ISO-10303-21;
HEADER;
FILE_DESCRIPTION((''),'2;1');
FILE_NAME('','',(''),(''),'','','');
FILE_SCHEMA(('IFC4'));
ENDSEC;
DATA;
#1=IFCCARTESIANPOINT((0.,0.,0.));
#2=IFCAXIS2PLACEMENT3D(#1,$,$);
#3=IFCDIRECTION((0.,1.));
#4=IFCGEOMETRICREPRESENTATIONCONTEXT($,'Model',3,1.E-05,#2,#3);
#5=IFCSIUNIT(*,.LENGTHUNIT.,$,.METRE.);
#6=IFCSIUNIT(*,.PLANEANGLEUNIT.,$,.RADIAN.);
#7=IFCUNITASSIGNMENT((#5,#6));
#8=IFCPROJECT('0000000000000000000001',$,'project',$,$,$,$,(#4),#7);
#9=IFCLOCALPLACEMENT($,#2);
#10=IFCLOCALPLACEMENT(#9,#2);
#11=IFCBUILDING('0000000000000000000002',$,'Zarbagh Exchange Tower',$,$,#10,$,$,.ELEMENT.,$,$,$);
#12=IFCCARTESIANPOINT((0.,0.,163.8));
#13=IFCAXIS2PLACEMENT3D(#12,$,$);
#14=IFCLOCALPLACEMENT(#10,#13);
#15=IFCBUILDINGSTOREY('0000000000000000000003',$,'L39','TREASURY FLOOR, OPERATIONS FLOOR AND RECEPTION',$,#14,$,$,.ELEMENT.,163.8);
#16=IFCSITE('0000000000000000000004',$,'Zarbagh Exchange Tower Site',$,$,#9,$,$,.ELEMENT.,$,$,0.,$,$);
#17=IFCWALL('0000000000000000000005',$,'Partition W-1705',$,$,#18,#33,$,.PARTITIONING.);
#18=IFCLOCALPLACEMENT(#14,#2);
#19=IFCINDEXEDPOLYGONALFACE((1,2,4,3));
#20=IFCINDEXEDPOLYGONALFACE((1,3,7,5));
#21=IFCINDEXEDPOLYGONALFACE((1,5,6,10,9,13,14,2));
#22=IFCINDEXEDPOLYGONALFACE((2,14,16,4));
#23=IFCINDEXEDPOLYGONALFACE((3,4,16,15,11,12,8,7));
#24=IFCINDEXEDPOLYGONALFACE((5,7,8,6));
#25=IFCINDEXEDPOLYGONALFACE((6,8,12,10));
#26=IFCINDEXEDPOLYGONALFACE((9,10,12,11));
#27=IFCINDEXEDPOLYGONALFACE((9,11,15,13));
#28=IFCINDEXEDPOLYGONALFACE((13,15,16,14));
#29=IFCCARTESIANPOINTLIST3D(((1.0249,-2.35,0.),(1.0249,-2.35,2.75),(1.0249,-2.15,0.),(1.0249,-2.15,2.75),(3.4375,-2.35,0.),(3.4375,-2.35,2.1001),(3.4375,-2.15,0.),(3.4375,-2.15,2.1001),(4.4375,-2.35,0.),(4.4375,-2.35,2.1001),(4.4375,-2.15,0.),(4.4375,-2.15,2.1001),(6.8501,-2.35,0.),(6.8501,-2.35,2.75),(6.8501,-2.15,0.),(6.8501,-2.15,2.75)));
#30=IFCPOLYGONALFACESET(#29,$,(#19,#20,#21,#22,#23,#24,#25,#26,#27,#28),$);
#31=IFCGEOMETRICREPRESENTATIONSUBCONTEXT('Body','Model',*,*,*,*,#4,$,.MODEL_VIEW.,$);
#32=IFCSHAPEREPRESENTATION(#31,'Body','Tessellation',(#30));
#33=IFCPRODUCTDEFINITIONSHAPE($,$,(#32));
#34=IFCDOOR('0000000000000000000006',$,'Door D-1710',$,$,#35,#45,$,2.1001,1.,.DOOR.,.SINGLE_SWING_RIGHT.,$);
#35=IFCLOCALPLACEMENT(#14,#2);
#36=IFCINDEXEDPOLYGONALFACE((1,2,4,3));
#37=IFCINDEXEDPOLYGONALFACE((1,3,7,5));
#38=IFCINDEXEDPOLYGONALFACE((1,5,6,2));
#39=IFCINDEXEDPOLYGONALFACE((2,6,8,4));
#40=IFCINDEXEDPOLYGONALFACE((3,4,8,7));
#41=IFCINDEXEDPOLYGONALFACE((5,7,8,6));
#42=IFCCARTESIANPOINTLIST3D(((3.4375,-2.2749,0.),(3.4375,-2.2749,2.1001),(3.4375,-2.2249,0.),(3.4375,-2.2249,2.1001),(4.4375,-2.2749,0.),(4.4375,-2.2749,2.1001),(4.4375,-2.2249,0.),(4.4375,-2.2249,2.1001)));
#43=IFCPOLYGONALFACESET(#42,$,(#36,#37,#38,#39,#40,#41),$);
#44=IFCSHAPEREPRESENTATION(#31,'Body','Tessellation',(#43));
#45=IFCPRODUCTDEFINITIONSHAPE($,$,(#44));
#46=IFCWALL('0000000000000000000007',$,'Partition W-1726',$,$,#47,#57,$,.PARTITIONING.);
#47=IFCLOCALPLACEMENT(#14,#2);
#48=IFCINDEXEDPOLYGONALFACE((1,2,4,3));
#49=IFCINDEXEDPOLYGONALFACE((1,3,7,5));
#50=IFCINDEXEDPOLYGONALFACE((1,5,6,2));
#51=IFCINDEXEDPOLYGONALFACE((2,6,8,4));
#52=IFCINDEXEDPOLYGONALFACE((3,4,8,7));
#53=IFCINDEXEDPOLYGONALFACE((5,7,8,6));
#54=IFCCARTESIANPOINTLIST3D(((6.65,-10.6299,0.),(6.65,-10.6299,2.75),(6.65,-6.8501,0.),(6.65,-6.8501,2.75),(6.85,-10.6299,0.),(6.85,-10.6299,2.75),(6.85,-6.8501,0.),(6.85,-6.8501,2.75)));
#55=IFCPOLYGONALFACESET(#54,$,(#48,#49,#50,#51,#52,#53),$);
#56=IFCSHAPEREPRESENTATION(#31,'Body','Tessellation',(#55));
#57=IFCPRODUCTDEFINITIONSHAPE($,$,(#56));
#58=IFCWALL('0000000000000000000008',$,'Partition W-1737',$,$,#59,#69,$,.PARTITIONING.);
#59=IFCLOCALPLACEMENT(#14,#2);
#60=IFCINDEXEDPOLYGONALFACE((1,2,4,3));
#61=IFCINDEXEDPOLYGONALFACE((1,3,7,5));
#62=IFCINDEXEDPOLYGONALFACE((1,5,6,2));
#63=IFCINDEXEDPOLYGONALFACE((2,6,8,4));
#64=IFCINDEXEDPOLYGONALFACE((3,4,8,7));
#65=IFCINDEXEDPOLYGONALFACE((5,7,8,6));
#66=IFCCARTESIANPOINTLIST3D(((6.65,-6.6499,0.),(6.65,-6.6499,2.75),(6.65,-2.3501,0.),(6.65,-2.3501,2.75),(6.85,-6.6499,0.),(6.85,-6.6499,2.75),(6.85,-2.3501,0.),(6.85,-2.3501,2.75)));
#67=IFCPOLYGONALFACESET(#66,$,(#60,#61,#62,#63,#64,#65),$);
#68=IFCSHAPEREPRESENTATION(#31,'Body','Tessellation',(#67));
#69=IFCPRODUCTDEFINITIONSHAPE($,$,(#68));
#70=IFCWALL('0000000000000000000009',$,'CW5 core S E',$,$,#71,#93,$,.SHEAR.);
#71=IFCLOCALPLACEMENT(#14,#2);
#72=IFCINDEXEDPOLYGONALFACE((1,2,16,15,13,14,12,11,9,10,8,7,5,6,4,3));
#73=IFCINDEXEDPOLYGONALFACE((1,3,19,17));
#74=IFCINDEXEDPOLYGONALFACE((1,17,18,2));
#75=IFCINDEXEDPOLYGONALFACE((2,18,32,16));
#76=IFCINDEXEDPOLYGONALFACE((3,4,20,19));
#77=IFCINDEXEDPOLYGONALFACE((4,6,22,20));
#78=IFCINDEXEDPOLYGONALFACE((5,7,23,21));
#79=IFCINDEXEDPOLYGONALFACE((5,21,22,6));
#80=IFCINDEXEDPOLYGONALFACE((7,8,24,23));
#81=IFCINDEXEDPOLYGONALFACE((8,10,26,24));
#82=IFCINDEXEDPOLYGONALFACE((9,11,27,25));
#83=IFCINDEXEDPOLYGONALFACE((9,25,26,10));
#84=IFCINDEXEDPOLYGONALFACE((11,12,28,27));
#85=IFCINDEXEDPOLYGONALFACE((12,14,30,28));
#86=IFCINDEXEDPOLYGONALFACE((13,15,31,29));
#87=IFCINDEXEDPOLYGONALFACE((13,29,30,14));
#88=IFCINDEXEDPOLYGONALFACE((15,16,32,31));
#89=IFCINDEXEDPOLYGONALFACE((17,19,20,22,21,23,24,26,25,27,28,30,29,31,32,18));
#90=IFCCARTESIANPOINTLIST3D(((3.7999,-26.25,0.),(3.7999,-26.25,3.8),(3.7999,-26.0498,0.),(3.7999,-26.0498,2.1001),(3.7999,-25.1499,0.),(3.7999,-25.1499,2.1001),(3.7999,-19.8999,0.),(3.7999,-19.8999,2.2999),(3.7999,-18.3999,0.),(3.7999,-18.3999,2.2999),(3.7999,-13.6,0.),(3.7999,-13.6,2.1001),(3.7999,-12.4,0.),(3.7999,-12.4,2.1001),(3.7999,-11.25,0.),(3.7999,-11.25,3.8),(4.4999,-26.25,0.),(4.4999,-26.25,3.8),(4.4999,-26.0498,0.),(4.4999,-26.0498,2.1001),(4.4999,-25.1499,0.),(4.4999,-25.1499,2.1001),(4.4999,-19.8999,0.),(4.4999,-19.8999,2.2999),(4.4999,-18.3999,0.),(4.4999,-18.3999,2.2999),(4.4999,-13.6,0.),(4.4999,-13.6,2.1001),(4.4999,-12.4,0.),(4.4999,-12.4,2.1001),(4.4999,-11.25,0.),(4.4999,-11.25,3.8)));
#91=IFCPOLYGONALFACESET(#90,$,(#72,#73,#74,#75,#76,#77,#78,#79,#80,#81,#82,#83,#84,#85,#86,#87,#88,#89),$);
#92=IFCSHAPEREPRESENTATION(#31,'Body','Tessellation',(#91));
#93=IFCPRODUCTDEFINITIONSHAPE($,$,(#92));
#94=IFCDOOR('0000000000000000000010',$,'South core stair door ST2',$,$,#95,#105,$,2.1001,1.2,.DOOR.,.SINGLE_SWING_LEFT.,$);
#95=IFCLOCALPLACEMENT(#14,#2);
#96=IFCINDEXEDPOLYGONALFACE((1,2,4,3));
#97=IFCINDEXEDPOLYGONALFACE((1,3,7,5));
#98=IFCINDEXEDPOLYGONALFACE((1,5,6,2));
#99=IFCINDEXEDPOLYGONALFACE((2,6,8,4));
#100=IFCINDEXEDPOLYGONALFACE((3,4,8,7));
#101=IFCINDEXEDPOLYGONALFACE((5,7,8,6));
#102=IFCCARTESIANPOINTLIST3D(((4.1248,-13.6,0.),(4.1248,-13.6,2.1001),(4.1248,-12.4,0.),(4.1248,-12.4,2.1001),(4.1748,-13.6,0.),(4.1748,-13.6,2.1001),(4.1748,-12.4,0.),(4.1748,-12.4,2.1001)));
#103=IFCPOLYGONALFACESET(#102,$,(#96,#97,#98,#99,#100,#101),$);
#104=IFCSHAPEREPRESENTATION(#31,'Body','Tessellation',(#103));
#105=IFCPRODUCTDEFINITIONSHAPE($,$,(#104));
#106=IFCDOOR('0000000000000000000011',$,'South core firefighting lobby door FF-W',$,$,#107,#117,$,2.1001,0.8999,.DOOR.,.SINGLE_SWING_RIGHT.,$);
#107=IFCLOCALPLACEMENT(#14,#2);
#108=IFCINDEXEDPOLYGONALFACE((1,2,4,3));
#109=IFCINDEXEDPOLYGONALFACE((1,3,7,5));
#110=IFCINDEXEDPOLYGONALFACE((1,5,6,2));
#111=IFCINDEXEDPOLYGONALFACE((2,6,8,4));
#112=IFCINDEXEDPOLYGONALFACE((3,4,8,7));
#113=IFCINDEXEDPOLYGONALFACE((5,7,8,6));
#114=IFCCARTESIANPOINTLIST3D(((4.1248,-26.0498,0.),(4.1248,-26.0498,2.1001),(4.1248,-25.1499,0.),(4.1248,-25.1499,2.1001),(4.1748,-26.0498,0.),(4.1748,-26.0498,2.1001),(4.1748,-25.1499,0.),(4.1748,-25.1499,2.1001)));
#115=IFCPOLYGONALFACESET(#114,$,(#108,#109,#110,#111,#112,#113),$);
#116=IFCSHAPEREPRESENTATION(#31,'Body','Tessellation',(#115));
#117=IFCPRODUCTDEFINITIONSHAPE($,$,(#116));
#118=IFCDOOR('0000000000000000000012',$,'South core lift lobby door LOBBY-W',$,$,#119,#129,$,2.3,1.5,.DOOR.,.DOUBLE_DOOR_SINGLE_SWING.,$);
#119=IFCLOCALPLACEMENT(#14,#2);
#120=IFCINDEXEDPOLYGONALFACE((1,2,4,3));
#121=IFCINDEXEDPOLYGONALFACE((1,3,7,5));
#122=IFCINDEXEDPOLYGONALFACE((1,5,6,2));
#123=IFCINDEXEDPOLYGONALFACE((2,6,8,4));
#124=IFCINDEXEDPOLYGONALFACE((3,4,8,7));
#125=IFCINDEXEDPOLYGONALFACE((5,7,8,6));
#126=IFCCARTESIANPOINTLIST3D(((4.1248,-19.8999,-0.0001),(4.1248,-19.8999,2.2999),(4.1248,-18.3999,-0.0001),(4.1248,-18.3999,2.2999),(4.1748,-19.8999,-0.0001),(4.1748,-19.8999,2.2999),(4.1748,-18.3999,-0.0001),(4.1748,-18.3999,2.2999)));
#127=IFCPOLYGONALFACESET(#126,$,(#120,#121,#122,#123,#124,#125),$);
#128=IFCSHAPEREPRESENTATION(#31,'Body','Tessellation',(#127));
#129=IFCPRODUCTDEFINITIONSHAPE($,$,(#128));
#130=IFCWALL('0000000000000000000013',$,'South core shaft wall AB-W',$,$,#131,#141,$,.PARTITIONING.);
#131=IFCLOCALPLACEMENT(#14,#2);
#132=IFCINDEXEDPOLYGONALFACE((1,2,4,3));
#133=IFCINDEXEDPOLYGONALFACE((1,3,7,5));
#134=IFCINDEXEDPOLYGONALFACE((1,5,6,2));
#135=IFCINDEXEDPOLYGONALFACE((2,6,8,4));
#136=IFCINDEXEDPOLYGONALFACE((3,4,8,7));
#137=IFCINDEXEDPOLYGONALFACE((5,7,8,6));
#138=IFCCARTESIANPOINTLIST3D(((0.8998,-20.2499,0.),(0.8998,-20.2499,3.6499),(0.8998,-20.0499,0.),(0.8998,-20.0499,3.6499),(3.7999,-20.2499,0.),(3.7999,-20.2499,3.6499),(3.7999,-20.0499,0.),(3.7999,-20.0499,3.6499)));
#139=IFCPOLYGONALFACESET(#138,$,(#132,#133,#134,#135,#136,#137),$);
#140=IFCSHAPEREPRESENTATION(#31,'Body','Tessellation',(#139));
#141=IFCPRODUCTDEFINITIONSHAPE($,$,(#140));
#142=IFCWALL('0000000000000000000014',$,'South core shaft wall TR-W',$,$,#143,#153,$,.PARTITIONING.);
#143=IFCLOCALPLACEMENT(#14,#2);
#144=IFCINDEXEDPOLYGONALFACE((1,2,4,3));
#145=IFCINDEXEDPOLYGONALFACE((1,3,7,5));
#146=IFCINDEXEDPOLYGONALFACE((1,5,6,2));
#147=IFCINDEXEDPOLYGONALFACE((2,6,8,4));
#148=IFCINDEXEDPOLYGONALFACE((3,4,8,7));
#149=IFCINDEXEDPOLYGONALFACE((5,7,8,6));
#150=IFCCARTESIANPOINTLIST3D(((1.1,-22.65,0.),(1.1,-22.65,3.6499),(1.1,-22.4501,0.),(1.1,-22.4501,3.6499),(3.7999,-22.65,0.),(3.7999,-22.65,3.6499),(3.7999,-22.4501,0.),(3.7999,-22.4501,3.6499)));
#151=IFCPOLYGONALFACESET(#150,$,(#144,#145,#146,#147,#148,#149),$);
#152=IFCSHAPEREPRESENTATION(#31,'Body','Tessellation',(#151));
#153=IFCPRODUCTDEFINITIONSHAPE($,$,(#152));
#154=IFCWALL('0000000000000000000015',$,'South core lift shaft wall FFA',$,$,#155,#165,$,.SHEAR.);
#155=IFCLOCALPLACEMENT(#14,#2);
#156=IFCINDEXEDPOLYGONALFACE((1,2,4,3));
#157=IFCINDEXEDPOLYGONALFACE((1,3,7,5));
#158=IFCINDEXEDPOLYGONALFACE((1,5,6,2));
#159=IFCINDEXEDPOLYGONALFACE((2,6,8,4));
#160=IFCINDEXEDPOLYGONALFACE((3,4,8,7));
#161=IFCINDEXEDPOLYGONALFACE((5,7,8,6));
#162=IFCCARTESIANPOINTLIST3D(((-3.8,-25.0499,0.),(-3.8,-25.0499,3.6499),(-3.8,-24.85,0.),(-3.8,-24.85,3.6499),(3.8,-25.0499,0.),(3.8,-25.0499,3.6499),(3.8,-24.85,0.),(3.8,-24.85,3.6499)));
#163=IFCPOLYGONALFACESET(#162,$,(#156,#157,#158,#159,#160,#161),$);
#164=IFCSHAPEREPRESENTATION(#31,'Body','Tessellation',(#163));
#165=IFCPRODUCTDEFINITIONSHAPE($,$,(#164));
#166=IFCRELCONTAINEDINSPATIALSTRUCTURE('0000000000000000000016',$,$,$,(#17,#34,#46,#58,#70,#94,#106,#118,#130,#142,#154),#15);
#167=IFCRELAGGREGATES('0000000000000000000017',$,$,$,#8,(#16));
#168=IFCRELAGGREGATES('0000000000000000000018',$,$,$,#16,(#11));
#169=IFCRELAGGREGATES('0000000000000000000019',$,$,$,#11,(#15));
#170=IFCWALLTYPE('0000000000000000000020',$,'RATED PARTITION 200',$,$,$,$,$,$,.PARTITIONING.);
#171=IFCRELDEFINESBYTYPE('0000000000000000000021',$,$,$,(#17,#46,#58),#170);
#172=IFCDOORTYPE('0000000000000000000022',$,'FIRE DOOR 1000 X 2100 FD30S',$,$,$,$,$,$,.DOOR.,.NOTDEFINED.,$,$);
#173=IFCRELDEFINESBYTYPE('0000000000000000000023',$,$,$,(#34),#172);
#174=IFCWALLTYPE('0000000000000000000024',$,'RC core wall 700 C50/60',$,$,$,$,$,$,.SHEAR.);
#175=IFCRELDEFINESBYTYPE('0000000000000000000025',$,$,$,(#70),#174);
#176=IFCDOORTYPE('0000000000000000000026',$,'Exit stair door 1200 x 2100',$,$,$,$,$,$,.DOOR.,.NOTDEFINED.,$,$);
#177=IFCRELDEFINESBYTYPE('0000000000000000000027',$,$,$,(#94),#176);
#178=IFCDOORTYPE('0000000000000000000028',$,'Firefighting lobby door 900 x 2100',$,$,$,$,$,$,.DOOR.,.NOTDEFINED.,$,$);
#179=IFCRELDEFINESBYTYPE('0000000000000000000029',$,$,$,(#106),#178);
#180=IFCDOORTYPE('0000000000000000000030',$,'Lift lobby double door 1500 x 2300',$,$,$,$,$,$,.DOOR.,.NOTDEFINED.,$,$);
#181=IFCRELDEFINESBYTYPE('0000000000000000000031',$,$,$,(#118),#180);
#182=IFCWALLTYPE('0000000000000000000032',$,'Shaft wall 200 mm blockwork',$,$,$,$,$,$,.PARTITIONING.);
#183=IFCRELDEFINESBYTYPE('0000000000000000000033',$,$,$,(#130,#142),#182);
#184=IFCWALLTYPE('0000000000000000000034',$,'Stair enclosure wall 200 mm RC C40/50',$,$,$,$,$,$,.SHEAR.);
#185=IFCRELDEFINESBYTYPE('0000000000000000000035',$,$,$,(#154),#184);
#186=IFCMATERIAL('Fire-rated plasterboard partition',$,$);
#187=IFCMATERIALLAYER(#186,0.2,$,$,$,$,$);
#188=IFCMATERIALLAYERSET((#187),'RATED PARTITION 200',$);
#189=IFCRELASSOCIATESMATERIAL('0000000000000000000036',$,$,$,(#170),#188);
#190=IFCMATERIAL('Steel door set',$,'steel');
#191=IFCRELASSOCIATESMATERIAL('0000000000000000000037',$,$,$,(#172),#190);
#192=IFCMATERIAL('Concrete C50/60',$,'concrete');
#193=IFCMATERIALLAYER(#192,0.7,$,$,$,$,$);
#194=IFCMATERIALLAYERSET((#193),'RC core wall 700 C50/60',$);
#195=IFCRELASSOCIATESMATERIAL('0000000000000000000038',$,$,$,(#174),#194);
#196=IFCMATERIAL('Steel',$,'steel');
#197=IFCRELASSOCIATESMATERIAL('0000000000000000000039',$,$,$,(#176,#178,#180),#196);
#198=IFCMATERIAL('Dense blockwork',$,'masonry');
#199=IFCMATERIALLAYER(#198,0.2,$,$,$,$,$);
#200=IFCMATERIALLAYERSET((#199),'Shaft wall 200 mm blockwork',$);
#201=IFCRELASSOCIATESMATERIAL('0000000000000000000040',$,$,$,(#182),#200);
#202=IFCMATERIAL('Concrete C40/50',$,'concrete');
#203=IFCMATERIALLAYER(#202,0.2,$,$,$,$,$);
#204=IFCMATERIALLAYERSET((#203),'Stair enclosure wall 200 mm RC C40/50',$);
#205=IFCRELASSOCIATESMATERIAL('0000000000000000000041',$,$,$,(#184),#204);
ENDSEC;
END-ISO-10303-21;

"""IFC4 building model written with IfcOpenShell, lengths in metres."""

from ifc_helpers import new_model, si_unit, direction, frame, frame_2d, origin, place, context, subcontext, project, spatial, rectangle, extrude, material, layer, layer_set, type_object, element, fill, save


model = new_model("IFC4")

# Units and contexts
model_context = context("Model", 3, precision=1e-05, world=origin(), true_north=direction((0.0, 1.0)))
body_context = subcontext(model_context, "Body", "Model", "MODEL_VIEW")
ifc_project = project(units=[si_unit("LENGTHUNIT", "METRE"), si_unit("PLANEANGLEUNIT", "RADIAN")], contexts=[model_context])

# Site, building, storey
site_placement = place(None, origin())
site = spatial("IfcSite", under=ifc_project, at=site_placement, Name="Zarbagh Exchange Tower Site", CompositionType="ELEMENT", RefElevation=0.0)
building_placement = place(site_placement, origin())
building = spatial("IfcBuilding", under=site, at=building_placement, Name="Zarbagh Exchange Tower", CompositionType="ELEMENT")
storey_placement = place(building_placement, frame((0.0, 0.0, 163.8)))
storey = spatial("IfcBuildingStorey", under=building, at=storey_placement, Name="L39", Description="TREASURY FLOOR, OPERATIONS FLOOR AND RECEPTION", CompositionType="ELEMENT", Elevation=163.8)

# Shared definitions
ifc_material_1 = material(Name="Concrete C50/60", Category="concrete")

# Wall, opening, door
ifc_material_2 = material(Name="Fire-rated plasterboard partition")
ifc_layer_1 = layer(ifc_material_2, 0.2)
ifc_layer_set_1 = layer_set([ifc_layer_1], Name="RATED PARTITION 200")
wall_type_1 = type_object("IfcWallType", Name="RATED PARTITION 200", PredefinedType="PARTITIONING", material=ifc_layer_set_1)
wall_1_placement = place(storey_placement, frame((6.8501, -2.25, 0.0), z_axis=(0.0, 0.0, 1.0), x_axis=(-1.0, 0.0, 0.0)))
wall_1 = element("IfcWall", 1, at=wall_1_placement, inside=storey, type_object=wall_type_1, Name="Partition W-1705", PredefinedType="PARTITIONING", context=body_context, shape_type="SweptSolid", body=[
    extrude(rectangle(XDim=5.8252, YDim=0.2, at=frame_2d((2.9126, 0.0))), origin(), (0.0, 0.0, 1.0), 2.75),
])
opening_1_placement = place(wall_1_placement, frame((2.4126, 0.0, 0.0)))
opening_1 = element("IfcOpeningElement", 2, at=opening_1_placement, cuts=wall_1, PredefinedType="OPENING", context=body_context, shape_type="SweptSolid", body=[
    extrude(rectangle(XDim=1.0, YDim=2.1001, at=frame_2d((0.5, 1.05))), frame((0.0, 0.1099, 0.0), z_axis=(0.0, -1.0, 0.0), x_axis=(1.0, 0.0, 0.0)), (0.0, 0.0, 1.0), 0.22),
])
ifc_material_3 = material(Name="Steel door set", Category="steel")
door_type_1 = type_object("IfcDoorType", Name="FIRE DOOR 1000 X 2100 FD30S", OperationType="NOTDEFINED", PredefinedType="DOOR", material=ifc_material_3)
door_1_placement = place(opening_1_placement, origin())
door_1 = element("IfcDoor", 3, at=door_1_placement, inside=storey, type_object=door_type_1, Name="Door D-1710", OperationType="SINGLE_SWING_RIGHT", OverallHeight=2.1001, OverallWidth=1.0, PredefinedType="DOOR", context=body_context, shape_type="SweptSolid", body=[
    extrude(rectangle(XDim=1.0, YDim=2.1001, at=frame_2d((0.5, 1.05))), frame((0.0, 0.0249, 0.0), z_axis=(0.0, -1.0, 0.0), x_axis=(1.0, 0.0, 0.0)), (0.0, 0.0, 1.0), 0.05),
])
fill(opening_1, door_1)

# Walls
wall_2_placement = place(storey_placement, frame((6.75, -10.6299, 0.0), z_axis=(0.0, 0.0, 1.0), x_axis=(0.0, 1.0, 0.0)))
element("IfcWall", 4, at=wall_2_placement, inside=storey, type_object=wall_type_1, Name="Partition W-1726", PredefinedType="PARTITIONING", context=body_context, shape_type="SweptSolid", body=[
    extrude(rectangle(XDim=3.7798, YDim=0.2, at=frame_2d((1.8899, 0.0))), origin(), (0.0, 0.0, 1.0), 2.75),
])
wall_3_placement = place(storey_placement, frame((6.75, -6.6499, 0.0), z_axis=(0.0, 0.0, 1.0), x_axis=(0.0, 1.0, 0.0)))
element("IfcWall", 5, at=wall_3_placement, inside=storey, type_object=wall_type_1, Name="Partition W-1737", PredefinedType="PARTITIONING", context=body_context, shape_type="SweptSolid", body=[
    extrude(rectangle(XDim=4.2998, YDim=0.2, at=frame_2d((2.1499, 0.0))), origin(), (0.0, 0.0, 1.0), 2.75),
])

# Wall, openings, doors
ifc_layer_2 = layer(ifc_material_1, 0.7)
ifc_layer_set_2 = layer_set([ifc_layer_2], Name="RC core wall 700 C50/60")
wall_type_2 = type_object("IfcWallType", Name="RC core wall 700 C50/60", PredefinedType="SHEAR", material=ifc_layer_set_2)
wall_4_placement = place(storey_placement, frame((4.1499, -11.25, 0.0), z_axis=(0.0, 0.0, 1.0), x_axis=(0.0, -1.0, 0.0)))
wall_4 = element("IfcWall", 6, at=wall_4_placement, inside=storey, type_object=wall_type_2, Name="CW5 core S E", PredefinedType="SHEAR", context=body_context, shape_type="SweptSolid", body=[
    extrude(rectangle(XDim=15.0, YDim=0.7, at=frame_2d((7.5, 0.0))), origin(), (0.0, 0.0, 1.0), 3.8),
])
opening_2_placement = place(wall_4_placement, frame((7.1499, 0.0, 0.0)))
opening_2 = element("IfcOpeningElement", 7, at=opening_2_placement, cuts=wall_4, PredefinedType="OPENING", context=body_context, shape_type="SweptSolid", body=[
    extrude(rectangle(XDim=1.5, YDim=2.3, at=frame_2d((0.75, 1.1499))), frame((0.0, 0.3599, 0.0), z_axis=(0.0, -1.0, 0.0), x_axis=(1.0, 0.0, 0.0)), (0.0, 0.0, 1.0), 0.72),
])
opening_3_placement = place(wall_4_placement, frame((13.8999, 0.0, 0.0)))
opening_3 = element("IfcOpeningElement", 8, at=opening_3_placement, cuts=wall_4, PredefinedType="OPENING", context=body_context, shape_type="SweptSolid", body=[
    extrude(rectangle(XDim=0.8999, YDim=2.1001, at=frame_2d((0.45, 1.05))), frame((0.0, 0.3599, 0.0), z_axis=(0.0, -1.0, 0.0), x_axis=(1.0, 0.0, 0.0)), (0.0, 0.0, 1.0), 0.72),
])
opening_4_placement = place(wall_4_placement, frame((1.1499, 0.0, 0.0)))
opening_4 = element("IfcOpeningElement", 9, at=opening_4_placement, cuts=wall_4, PredefinedType="OPENING", context=body_context, shape_type="SweptSolid", body=[
    extrude(rectangle(XDim=1.2, YDim=2.1001, at=frame_2d((0.6001, 1.05))), frame((0.0, 0.3599, 0.0), z_axis=(0.0, -1.0, 0.0), x_axis=(1.0, 0.0, 0.0)), (0.0, 0.0, 1.0), 0.72),
])
ifc_material_4 = material(Name="Steel", Category="steel")
door_type_2 = type_object("IfcDoorType", Name="Exit stair door 1200 x 2100", OperationType="NOTDEFINED", PredefinedType="DOOR", material=ifc_material_4)
door_2_placement = place(opening_4_placement, origin())
door_2 = element("IfcDoor", 10, at=door_2_placement, inside=storey, type_object=door_type_2, Name="South core stair door ST2", OperationType="SINGLE_SWING_LEFT", OverallHeight=2.1001, OverallWidth=1.2, PredefinedType="DOOR", context=body_context, shape_type="SweptSolid", body=[
    extrude(rectangle(XDim=1.2, YDim=2.1001, at=frame_2d((0.6001, 1.05))), frame((0.0, 0.0249, 0.0), z_axis=(0.0, -1.0, 0.0), x_axis=(1.0, 0.0, 0.0)), (0.0, 0.0, 1.0), 0.05),
])
fill(opening_4, door_2)
door_type_3 = type_object("IfcDoorType", Name="Firefighting lobby door 900 x 2100", OperationType="NOTDEFINED", PredefinedType="DOOR", material=ifc_material_4)
door_3_placement = place(opening_3_placement, origin())
door_3 = element("IfcDoor", 11, at=door_3_placement, inside=storey, type_object=door_type_3, Name="South core firefighting lobby door FF-W", OperationType="SINGLE_SWING_RIGHT", OverallHeight=2.1001, OverallWidth=0.8999, PredefinedType="DOOR", context=body_context, shape_type="SweptSolid", body=[
    extrude(rectangle(XDim=0.8999, YDim=2.1001, at=frame_2d((0.45, 1.05))), frame((0.0, 0.0249, 0.0), z_axis=(0.0, -1.0, 0.0), x_axis=(1.0, 0.0, 0.0)), (0.0, 0.0, 1.0), 0.05),
])
fill(opening_3, door_3)
door_type_4 = type_object("IfcDoorType", Name="Lift lobby double door 1500 x 2300", OperationType="NOTDEFINED", PredefinedType="DOOR", material=ifc_material_4)
door_4_placement = place(opening_2_placement, origin())
door_4 = element("IfcDoor", 12, at=door_4_placement, inside=storey, type_object=door_type_4, Name="South core lift lobby door LOBBY-W", OperationType="DOUBLE_DOOR_SINGLE_SWING", OverallHeight=2.3, OverallWidth=1.5, PredefinedType="DOOR", context=body_context, shape_type="SweptSolid", body=[
    extrude(rectangle(XDim=1.5, YDim=2.3, at=frame_2d((0.75, 1.1499))), frame((0.0, 0.0249, 0.0), z_axis=(0.0, -1.0, 0.0), x_axis=(1.0, 0.0, 0.0)), (0.0, 0.0, 1.0), 0.05),
])
fill(opening_2, door_4)

# Walls
ifc_material_5 = material(Name="Dense blockwork", Category="masonry")
ifc_layer_3 = layer(ifc_material_5, 0.2)
ifc_layer_set_3 = layer_set([ifc_layer_3], Name="Shaft wall 200 mm blockwork")
wall_type_3 = type_object("IfcWallType", Name="Shaft wall 200 mm blockwork", PredefinedType="PARTITIONING", material=ifc_layer_set_3)
wall_5_placement = place(storey_placement, frame((3.8, -20.1499, 0.0), z_axis=(0.0, 0.0, 1.0), x_axis=(-1.0, 0.0, 0.0)))
element("IfcWall", 13, at=wall_5_placement, inside=storey, type_object=wall_type_3, Name="South core shaft wall AB-W", PredefinedType="PARTITIONING", context=body_context, shape_type="SweptSolid", body=[
    extrude(rectangle(XDim=2.9001, YDim=0.2, at=frame_2d((1.4502, 0.0))), origin(), (0.0, 0.0, 1.0), 3.6499),
])
wall_6_placement = place(storey_placement, frame((3.8, -22.55, 0.0), z_axis=(0.0, 0.0, 1.0), x_axis=(-1.0, 0.0, 0.0)))
element("IfcWall", 14, at=wall_6_placement, inside=storey, type_object=wall_type_3, Name="South core shaft wall TR-W", PredefinedType="PARTITIONING", context=body_context, shape_type="SweptSolid", body=[
    extrude(rectangle(XDim=2.7, YDim=0.2, at=frame_2d((1.3501, 0.0))), origin(), (0.0, 0.0, 1.0), 3.6499),
])
ifc_material_6 = material(Name="Concrete C40/50", Category="concrete")
ifc_layer_4 = layer(ifc_material_6, 0.2)
ifc_layer_set_4 = layer_set([ifc_layer_4], Name="Stair enclosure wall 200 mm RC C40/50")
wall_type_4 = type_object("IfcWallType", Name="Stair enclosure wall 200 mm RC C40/50", PredefinedType="SHEAR", material=ifc_layer_set_4)
for number, where, z_axis, x_axis, name in (
    (15, (3.8, -24.95, 0.0), (0.0, 0.0, 1.0), (-1.0, 0.0, 0.0), "South core lift shaft wall FFA"),
):
    element("IfcWall", number, at=place(storey_placement, frame(where, z_axis=z_axis, x_axis=x_axis)), inside=storey, type_object=wall_type_4, Name=name, PredefinedType="SHEAR", context=body_context, shape_type="SweptSolid", body=[
        extrude(rectangle(XDim=7.6001, YDim=0.2, at=frame_2d((3.8, 0.0))), origin(), (0.0, 0.0, 1.0), 3.6499),
    ])

save(model, "model.ifc")
